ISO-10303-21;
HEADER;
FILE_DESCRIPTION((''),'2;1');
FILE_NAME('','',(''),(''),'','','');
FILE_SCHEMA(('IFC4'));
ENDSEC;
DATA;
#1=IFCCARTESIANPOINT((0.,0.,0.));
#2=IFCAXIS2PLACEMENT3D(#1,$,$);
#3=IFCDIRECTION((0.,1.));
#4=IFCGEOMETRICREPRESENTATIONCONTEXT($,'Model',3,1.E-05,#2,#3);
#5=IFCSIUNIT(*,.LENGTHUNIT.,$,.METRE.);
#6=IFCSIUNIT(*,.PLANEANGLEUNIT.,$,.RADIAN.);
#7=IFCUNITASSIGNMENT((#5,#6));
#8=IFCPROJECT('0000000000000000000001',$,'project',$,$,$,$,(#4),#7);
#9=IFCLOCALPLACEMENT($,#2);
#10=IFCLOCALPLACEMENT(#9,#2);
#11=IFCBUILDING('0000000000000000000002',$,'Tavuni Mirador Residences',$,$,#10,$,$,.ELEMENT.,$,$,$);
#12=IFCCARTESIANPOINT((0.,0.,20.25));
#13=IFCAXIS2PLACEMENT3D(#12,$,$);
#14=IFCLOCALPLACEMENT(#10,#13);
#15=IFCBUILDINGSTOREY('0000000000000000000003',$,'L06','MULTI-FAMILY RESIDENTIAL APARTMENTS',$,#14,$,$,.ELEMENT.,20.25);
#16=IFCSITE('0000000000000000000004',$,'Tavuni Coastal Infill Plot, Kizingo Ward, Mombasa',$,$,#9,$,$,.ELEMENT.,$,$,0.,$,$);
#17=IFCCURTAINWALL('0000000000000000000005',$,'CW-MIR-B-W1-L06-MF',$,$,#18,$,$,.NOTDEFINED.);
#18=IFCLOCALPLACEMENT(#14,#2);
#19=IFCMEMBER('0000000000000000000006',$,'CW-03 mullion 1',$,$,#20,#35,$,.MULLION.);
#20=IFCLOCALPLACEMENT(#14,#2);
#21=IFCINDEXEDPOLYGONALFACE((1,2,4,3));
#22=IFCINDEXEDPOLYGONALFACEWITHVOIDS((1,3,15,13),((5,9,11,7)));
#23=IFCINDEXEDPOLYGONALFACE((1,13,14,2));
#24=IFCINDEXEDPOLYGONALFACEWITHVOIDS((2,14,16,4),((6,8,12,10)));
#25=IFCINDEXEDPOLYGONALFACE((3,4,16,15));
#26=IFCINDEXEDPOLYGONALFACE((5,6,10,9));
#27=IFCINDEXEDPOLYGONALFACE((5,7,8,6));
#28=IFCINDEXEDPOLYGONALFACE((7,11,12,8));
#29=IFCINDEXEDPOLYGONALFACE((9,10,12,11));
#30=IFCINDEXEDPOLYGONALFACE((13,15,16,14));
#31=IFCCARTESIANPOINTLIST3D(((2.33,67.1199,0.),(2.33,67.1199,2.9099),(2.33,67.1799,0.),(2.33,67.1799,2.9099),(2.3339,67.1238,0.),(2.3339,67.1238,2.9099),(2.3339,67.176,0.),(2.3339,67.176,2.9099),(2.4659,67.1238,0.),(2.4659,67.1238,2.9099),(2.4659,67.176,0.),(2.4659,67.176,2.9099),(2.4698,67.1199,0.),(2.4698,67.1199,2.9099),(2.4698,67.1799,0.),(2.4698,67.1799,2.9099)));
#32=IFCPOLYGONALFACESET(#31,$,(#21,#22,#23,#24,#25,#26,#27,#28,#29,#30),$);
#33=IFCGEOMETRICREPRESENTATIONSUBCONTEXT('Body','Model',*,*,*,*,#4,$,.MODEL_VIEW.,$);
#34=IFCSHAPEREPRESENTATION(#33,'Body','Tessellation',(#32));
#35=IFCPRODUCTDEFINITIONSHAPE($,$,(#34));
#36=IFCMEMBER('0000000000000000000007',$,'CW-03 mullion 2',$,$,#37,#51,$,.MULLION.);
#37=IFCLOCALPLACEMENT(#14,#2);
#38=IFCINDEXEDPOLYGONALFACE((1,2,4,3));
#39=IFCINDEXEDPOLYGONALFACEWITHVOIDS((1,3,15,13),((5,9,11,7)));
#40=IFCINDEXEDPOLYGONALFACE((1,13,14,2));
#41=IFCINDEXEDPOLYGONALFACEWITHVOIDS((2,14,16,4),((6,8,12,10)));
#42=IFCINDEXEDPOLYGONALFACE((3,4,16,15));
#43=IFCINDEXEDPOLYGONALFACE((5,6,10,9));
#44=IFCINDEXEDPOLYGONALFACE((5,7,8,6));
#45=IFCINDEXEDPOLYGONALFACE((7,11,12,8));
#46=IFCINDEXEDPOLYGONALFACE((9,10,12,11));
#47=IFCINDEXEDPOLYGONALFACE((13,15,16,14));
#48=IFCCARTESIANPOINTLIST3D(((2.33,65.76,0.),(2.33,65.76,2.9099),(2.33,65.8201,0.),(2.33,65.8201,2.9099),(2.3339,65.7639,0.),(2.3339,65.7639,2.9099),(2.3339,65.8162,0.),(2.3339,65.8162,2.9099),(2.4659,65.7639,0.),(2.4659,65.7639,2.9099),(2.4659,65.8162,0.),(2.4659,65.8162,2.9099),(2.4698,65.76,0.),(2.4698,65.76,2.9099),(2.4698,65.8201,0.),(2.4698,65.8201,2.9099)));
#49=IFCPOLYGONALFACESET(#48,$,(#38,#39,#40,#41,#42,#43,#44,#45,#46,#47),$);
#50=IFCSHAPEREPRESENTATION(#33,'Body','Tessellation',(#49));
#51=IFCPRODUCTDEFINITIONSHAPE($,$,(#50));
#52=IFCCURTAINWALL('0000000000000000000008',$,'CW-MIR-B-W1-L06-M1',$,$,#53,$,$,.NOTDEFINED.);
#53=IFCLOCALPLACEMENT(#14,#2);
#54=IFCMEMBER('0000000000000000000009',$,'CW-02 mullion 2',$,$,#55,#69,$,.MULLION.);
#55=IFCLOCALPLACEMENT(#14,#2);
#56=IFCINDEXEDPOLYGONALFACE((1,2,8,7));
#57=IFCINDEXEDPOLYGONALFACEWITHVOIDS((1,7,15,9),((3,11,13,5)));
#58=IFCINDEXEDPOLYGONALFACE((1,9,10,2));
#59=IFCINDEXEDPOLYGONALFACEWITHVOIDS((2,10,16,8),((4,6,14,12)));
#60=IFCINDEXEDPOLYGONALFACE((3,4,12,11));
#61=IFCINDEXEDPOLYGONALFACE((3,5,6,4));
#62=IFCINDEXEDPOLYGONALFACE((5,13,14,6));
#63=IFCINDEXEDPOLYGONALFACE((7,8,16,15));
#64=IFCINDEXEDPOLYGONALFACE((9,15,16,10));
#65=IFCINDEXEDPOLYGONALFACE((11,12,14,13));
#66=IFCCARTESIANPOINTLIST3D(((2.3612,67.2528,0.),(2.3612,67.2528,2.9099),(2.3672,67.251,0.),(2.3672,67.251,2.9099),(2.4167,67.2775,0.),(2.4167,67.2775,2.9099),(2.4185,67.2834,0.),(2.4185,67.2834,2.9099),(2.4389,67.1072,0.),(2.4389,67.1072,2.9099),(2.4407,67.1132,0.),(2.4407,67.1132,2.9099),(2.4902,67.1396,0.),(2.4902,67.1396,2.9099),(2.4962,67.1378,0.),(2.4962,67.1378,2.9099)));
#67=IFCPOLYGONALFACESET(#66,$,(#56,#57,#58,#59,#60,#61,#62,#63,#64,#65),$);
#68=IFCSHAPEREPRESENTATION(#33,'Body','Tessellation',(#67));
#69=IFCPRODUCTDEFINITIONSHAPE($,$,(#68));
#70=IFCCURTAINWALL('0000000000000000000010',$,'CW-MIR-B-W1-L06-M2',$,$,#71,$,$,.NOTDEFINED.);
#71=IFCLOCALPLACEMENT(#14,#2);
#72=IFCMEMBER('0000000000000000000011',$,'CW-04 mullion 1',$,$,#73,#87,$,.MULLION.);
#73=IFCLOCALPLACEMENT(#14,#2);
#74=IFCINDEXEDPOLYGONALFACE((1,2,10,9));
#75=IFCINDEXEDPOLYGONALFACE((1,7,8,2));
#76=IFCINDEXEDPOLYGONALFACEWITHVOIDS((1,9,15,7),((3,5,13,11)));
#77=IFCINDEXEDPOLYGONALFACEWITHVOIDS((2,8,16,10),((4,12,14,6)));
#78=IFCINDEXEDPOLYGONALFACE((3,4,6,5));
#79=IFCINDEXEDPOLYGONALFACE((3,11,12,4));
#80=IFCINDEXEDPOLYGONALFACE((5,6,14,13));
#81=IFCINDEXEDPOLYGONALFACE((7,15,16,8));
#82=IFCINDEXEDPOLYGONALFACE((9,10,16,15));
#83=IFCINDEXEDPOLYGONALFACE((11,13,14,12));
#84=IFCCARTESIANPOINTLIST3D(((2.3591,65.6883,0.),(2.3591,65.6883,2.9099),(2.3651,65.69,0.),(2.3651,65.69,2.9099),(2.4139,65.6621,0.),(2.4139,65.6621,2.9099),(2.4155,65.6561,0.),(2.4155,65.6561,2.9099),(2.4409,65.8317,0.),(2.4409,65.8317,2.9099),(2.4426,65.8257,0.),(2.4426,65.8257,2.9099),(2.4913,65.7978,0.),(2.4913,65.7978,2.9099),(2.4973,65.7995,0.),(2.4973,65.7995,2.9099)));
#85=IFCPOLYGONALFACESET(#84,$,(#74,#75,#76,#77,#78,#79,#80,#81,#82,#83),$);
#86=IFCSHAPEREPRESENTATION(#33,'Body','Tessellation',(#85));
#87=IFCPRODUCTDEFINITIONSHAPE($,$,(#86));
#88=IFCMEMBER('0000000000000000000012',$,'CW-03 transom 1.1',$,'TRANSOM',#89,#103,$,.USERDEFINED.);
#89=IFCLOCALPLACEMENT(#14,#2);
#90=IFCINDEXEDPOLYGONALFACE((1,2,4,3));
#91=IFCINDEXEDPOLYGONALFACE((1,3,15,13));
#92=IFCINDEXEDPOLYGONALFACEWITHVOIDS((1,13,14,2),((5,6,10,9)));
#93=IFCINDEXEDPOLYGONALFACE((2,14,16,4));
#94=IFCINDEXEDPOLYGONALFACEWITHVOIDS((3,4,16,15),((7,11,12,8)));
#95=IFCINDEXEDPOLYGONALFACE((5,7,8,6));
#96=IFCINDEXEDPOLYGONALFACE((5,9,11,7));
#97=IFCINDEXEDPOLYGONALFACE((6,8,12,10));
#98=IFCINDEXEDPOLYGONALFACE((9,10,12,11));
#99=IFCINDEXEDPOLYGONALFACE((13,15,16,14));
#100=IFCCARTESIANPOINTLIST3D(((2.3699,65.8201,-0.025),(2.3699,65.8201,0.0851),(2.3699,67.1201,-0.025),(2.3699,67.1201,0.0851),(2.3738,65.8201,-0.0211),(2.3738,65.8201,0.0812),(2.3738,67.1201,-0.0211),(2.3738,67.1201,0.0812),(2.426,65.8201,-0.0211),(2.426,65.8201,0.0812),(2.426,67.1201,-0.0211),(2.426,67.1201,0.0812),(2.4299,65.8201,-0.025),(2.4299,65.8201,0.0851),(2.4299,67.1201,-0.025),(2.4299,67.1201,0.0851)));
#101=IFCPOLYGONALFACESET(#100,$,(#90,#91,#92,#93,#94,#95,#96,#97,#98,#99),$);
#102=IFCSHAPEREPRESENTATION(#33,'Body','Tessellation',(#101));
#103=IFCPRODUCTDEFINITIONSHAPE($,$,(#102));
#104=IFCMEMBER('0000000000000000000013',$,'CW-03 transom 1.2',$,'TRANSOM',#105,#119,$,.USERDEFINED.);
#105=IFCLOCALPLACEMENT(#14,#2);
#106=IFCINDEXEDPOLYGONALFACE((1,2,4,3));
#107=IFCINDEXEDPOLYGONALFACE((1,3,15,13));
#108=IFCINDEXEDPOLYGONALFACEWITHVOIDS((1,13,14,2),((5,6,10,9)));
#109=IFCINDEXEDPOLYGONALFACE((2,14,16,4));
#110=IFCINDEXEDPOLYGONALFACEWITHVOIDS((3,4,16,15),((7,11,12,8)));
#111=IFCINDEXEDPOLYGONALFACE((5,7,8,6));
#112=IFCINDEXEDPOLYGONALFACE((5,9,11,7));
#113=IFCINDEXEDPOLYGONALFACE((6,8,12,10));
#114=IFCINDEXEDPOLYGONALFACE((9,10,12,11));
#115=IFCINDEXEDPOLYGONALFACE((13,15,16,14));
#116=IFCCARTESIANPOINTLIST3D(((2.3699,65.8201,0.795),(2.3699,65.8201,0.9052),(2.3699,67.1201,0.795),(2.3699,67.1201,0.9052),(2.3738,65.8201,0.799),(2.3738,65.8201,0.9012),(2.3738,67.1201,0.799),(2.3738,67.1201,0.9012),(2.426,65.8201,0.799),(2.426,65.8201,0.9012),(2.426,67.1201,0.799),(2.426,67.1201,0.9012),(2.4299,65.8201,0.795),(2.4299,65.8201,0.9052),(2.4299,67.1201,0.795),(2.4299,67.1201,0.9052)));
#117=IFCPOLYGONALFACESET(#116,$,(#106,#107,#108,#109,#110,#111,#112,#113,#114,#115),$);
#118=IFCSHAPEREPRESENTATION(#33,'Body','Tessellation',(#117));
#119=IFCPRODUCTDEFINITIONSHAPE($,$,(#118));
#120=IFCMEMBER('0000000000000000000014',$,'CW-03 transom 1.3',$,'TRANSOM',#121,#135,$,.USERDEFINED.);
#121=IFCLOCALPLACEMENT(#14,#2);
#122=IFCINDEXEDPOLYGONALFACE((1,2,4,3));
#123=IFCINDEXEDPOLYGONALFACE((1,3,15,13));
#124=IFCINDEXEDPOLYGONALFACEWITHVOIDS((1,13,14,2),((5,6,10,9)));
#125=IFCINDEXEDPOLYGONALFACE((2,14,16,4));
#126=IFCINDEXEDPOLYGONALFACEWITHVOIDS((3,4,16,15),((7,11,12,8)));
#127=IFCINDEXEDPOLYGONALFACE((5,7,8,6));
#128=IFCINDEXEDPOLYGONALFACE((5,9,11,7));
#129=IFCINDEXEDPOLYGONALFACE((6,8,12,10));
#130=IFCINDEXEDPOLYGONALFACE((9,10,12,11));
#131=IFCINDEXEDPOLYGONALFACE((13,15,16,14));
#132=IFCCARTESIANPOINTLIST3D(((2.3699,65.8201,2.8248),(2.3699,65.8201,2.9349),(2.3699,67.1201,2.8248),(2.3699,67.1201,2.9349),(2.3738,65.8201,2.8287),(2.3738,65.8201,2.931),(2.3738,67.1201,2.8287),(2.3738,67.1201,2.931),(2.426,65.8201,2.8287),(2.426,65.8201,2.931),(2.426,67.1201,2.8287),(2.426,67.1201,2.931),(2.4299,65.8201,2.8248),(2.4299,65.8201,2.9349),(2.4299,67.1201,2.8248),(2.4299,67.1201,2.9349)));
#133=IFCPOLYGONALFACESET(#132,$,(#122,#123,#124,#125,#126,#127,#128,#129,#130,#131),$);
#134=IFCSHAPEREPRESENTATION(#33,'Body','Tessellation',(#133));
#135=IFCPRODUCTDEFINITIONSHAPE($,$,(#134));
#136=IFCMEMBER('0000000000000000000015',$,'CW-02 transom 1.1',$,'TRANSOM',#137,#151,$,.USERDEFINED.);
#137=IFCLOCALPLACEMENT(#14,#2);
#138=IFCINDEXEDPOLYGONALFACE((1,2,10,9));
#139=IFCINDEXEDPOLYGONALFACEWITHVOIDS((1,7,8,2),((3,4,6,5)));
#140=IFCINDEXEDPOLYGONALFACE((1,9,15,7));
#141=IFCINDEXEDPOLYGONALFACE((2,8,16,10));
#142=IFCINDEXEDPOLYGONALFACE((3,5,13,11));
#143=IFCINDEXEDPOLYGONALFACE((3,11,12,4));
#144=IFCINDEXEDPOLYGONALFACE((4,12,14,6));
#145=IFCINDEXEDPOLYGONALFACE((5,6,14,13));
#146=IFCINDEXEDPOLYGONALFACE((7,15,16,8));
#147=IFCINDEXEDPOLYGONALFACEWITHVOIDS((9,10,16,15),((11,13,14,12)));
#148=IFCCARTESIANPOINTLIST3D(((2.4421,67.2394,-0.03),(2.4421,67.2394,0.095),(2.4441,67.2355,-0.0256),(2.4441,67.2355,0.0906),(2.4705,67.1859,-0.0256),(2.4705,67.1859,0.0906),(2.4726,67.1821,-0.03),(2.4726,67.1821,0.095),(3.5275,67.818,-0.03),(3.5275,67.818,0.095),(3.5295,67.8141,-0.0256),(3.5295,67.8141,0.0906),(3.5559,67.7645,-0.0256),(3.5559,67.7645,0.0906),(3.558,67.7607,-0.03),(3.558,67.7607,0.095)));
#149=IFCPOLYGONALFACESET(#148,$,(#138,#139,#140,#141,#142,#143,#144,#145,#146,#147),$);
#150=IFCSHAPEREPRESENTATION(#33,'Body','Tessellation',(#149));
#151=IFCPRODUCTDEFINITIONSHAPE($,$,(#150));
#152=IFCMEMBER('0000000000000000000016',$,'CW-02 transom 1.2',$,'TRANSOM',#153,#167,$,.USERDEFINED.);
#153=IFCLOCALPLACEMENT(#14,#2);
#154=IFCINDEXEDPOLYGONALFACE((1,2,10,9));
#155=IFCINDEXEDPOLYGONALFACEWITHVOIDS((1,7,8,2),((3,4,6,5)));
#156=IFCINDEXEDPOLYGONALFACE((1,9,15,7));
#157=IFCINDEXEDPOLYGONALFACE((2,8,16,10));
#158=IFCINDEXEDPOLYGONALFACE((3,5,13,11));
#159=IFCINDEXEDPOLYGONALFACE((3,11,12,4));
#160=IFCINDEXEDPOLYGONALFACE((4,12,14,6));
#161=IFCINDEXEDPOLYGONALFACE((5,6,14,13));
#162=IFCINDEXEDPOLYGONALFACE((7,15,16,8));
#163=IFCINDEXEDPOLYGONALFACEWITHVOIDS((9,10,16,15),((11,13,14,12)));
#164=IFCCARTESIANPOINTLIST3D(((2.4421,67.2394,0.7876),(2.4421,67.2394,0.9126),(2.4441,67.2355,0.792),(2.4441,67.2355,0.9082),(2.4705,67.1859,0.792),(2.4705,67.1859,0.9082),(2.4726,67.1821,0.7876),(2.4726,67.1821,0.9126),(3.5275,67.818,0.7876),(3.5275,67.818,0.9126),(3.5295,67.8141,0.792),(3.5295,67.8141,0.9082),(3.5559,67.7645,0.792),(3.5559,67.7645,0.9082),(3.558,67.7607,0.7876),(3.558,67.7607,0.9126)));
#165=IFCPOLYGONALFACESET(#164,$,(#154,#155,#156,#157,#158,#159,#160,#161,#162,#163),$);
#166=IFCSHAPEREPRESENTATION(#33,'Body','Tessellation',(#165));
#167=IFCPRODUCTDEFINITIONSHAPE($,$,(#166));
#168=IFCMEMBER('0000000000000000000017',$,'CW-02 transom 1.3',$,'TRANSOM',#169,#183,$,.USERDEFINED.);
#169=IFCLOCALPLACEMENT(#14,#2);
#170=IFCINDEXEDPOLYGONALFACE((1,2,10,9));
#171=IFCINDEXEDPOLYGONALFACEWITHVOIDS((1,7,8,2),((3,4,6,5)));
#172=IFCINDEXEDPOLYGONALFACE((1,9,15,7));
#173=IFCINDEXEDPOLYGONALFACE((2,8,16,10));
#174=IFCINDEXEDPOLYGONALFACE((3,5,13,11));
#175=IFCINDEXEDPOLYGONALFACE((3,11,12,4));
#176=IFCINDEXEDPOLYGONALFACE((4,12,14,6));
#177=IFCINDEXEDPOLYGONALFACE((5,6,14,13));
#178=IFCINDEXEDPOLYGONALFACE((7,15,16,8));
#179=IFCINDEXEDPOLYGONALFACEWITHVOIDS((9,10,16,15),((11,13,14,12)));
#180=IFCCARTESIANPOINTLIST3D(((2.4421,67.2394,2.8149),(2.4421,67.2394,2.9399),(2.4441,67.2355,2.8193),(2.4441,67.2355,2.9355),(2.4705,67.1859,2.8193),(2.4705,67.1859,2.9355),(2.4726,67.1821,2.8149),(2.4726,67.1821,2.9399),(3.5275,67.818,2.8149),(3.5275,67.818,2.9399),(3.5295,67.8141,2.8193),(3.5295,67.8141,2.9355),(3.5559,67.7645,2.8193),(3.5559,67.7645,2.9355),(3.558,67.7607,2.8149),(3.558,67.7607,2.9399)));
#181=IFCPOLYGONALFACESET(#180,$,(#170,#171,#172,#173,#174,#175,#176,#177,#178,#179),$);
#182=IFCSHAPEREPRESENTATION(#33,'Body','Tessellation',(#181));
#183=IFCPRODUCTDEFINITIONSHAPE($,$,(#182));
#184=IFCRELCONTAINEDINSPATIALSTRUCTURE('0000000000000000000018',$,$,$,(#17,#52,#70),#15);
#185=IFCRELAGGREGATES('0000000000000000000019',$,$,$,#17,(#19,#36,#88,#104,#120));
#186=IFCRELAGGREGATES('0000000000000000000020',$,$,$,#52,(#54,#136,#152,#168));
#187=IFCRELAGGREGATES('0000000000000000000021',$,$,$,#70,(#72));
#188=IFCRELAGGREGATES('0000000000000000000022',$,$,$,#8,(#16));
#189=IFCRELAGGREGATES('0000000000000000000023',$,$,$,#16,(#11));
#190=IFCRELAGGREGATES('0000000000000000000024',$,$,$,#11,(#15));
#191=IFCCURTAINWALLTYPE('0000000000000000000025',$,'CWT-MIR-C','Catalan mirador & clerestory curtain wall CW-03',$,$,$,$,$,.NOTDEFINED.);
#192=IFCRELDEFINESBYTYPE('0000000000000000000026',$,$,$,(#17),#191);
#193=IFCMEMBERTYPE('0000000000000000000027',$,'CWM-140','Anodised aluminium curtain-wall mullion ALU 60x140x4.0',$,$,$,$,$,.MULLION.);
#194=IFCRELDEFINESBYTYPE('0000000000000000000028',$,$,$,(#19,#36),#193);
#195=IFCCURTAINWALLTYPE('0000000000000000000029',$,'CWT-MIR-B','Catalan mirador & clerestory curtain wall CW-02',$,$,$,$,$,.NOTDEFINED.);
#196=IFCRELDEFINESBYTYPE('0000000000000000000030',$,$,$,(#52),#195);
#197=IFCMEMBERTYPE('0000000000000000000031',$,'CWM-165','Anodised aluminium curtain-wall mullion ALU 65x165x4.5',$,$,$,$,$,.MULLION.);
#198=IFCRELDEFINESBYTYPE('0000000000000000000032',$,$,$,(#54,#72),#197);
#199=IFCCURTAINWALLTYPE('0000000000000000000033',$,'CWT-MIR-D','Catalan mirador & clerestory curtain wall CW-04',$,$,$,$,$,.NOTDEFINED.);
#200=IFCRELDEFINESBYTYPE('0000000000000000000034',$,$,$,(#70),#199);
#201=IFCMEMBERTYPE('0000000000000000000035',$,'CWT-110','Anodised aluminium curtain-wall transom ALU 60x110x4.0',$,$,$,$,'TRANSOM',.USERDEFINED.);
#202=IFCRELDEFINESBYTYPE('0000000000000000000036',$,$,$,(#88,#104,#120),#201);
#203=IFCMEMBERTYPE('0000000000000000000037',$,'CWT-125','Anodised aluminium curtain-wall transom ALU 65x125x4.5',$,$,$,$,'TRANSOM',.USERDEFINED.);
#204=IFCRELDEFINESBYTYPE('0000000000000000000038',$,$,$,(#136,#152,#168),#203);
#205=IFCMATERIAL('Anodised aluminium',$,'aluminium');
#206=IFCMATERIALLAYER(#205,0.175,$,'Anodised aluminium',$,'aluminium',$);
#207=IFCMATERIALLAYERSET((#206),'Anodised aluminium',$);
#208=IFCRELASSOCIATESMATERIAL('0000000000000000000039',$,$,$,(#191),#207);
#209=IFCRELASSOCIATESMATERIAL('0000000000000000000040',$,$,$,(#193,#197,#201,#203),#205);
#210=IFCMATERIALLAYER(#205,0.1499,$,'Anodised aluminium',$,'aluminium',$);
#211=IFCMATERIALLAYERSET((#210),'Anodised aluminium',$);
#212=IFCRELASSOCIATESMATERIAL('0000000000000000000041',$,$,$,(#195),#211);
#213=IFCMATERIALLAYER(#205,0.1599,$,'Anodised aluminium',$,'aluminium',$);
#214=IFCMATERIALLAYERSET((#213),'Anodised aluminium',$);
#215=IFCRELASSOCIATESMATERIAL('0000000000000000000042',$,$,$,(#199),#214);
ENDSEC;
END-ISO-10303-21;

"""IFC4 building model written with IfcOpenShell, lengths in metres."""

from ifc_helpers import new_model, si_unit, direction, frame, origin, origin_2d, place, context, subcontext, project, spatial, hollow_rectangle, extrude, material, layer, layer_set, material_profile, profile_set, type_object, element, aggregate, save


model = new_model("IFC4")

# Units and contexts
model_context = context("Model", 3, precision=1e-05, world=origin(), true_north=direction((0.0, 1.0)))
body_context = subcontext(model_context, "Body", "Model", "MODEL_VIEW")
ifc_project = project(units=[si_unit("LENGTHUNIT", "METRE"), si_unit("PLANEANGLEUNIT", "RADIAN")], contexts=[model_context])

# Site, building, storey
site_placement = place(None, origin())
site = spatial("IfcSite", under=ifc_project, at=site_placement, Name="Tavuni Coastal Infill Plot, Kizingo Ward, Mombasa", CompositionType="ELEMENT", RefElevation=0.0)
building_placement = place(site_placement, origin())
building = spatial("IfcBuilding", under=site, at=building_placement, Name="Tavuni Mirador Residences", CompositionType="ELEMENT")
storey_placement = place(building_placement, frame((0.0, 0.0, 20.25)))
storey = spatial("IfcBuildingStorey", under=building, at=storey_placement, Name="L06", Description="MULTI-FAMILY RESIDENTIAL APARTMENTS", CompositionType="ELEMENT", Elevation=20.25)

# Curtain wall, members
ifc_material_1 = material(Name="Anodised aluminium", Category="aluminium")
ifc_layer_1 = layer(ifc_material_1, 0.175, Name="Anodised aluminium", Category="aluminium")
ifc_layer_set_1 = layer_set([ifc_layer_1], Name="Anodised aluminium")
curtain_wall_type_1 = type_object("IfcCurtainWallType", Name="CWT-MIR-C", Description="Catalan mirador & clerestory curtain wall CW-03", PredefinedType="NOTDEFINED", material=ifc_layer_set_1)
curtain_wall_1_placement = place(storey_placement, origin())
curtain_wall_1 = element("IfcCurtainWall", 1, at=curtain_wall_1_placement, inside=storey, type_object=curtain_wall_type_1, Name="CW-MIR-B-W1-L06-MF", PredefinedType="NOTDEFINED")
ifc_material_profile_1 = material_profile(ifc_material_1, hollow_rectangle(XDim=0.0601, YDim=0.1399, WallThickness=0.0039, at=origin_2d()), Name="ALU 60x140x4.0", Category="aluminium")
ifc_profile_set_1 = profile_set([ifc_material_profile_1], Name="Anodised aluminium")
member_type_1 = type_object("IfcMemberType", Name="CWM-140", Description="Anodised aluminium curtain-wall mullion ALU 60x140x4.0", PredefinedType="MULLION", material=ifc_profile_set_1)
member_1_placement = place(storey_placement, frame((2.3999, 67.1499, 0.0), z_axis=(0.0, 0.0, 1.0), x_axis=(0.0, -1.0, 0.0)))
member_1 = element("IfcMember", 2, at=member_1_placement, type_object=member_type_1, Name="CW-03 mullion 1", PredefinedType="MULLION", context=body_context, shape_type="SweptSolid", body=[
    extrude(hollow_rectangle(XDim=0.0601, YDim=0.1399, WallThickness=0.0039, at=origin_2d()), origin(), (0.0, 0.0, 1.0), 2.9099),
])
member_2_placement = place(storey_placement, frame((2.3999, 65.79, 0.0), z_axis=(0.0, 0.0, 1.0), x_axis=(0.0, -1.0, 0.0)))
member_2 = element("IfcMember", 3, at=member_2_placement, type_object=member_type_1, Name="CW-03 mullion 2", PredefinedType="MULLION", context=body_context, shape_type="SweptSolid", body=[
    extrude(hollow_rectangle(XDim=0.0601, YDim=0.1399, WallThickness=0.0039, at=origin_2d()), origin(), (0.0, 0.0, 1.0), 2.9099),
])

# Curtain walls, members
ifc_layer_2 = layer(ifc_material_1, 0.1499, Name="Anodised aluminium", Category="aluminium")
ifc_layer_set_2 = layer_set([ifc_layer_2], Name="Anodised aluminium")
curtain_wall_type_2 = type_object("IfcCurtainWallType", Name="CWT-MIR-B", Description="Catalan mirador & clerestory curtain wall CW-02", PredefinedType="NOTDEFINED", material=ifc_layer_set_2)
curtain_wall_2_placement = place(storey_placement, origin())
curtain_wall_2 = element("IfcCurtainWall", 4, at=curtain_wall_2_placement, inside=storey, type_object=curtain_wall_type_2, Name="CW-MIR-B-W1-L06-M1", PredefinedType="NOTDEFINED")
ifc_material_profile_2 = material_profile(ifc_material_1, hollow_rectangle(XDim=0.0649, YDim=0.165, WallThickness=0.0044, at=origin_2d()), Name="ALU 65x165x4.5", Category="aluminium")
ifc_profile_set_2 = profile_set([ifc_material_profile_2], Name="Anodised aluminium")
member_type_2 = type_object("IfcMemberType", Name="CWM-165", Description="Anodised aluminium curtain-wall mullion ALU 65x165x4.5", PredefinedType="MULLION", material=ifc_profile_set_2)
member_3_placement = place(storey_placement, frame((2.4287, 67.1953, 0.0), z_axis=(0.0, 0.0, 1.0), x_axis=(-0.882353, -0.470588, 0.0)))
member_3 = element("IfcMember", 5, at=member_3_placement, type_object=member_type_2, Name="CW-02 mullion 2", PredefinedType="MULLION", context=body_context, shape_type="SweptSolid", body=[
    extrude(hollow_rectangle(XDim=0.0649, YDim=0.165, WallThickness=0.0044, at=origin_2d()), origin(), (0.0, 0.0, 1.0), 2.9099),
])
ifc_layer_3 = layer(ifc_material_1, 0.1599, Name="Anodised aluminium", Category="aluminium")
ifc_layer_set_3 = layer_set([ifc_layer_3], Name="Anodised aluminium")
curtain_wall_type_3 = type_object("IfcCurtainWallType", Name="CWT-MIR-D", Description="Catalan mirador & clerestory curtain wall CW-04", PredefinedType="NOTDEFINED", material=ifc_layer_set_3)
curtain_wall_3_placement = place(storey_placement, origin())
curtain_wall_3 = element("IfcCurtainWall", 6, at=curtain_wall_3_placement, inside=storey, type_object=curtain_wall_type_3, Name="CW-MIR-B-W1-L06-M2", PredefinedType="NOTDEFINED")
member_4_placement = place(storey_placement, frame((2.4282, 65.7439, 0.0), z_axis=(0.0, 0.0, 1.0), x_axis=(0.868466, -0.495749, 0.0)))
member_4 = element("IfcMember", 7, at=member_4_placement, type_object=member_type_2, Name="CW-04 mullion 1", PredefinedType="MULLION", context=body_context, shape_type="SweptSolid", body=[
    extrude(hollow_rectangle(XDim=0.0649, YDim=0.165, WallThickness=0.0044, at=origin_2d()), origin(), (0.0, 0.0, 1.0), 2.9099),
])

# Members
ifc_material_profile_3 = material_profile(ifc_material_1, hollow_rectangle(XDim=0.0601, YDim=0.1101, WallThickness=0.0039, at=origin_2d()), Name="ALU 60x110x4.0", Category="aluminium")
ifc_profile_set_3 = profile_set([ifc_material_profile_3], Name="Anodised aluminium")
member_type_3 = type_object("IfcMemberType", Name="CWT-110", Description="Anodised aluminium curtain-wall transom ALU 60x110x4.0", ElementType="TRANSOM", PredefinedType="USERDEFINED", material=ifc_profile_set_3)
member_5_placement = place(storey_placement, frame((2.3999, 67.1201, 0.03), z_axis=(0.0, -1.0, 0.0), x_axis=(1.0, 0.0, 0.0)))
member_5 = element("IfcMember", 8, at=member_5_placement, type_object=member_type_3, Name="CW-03 transom 1.1", ObjectType="TRANSOM", PredefinedType="USERDEFINED", context=body_context, shape_type="SweptSolid", body=[
    extrude(hollow_rectangle(XDim=0.0601, YDim=0.1101, WallThickness=0.0039, at=origin_2d()), origin(), (0.0, 0.0, 1.0), 1.3),
])
member_6_placement = place(storey_placement, frame((2.3999, 67.1201, 0.8501), z_axis=(0.0, -1.0, 0.0), x_axis=(1.0, 0.0, 0.0)))
member_6 = element("IfcMember", 9, at=member_6_placement, type_object=member_type_3, Name="CW-03 transom 1.2", ObjectType="TRANSOM", PredefinedType="USERDEFINED", context=body_context, shape_type="SweptSolid", body=[
    extrude(hollow_rectangle(XDim=0.0601, YDim=0.1101, WallThickness=0.0039, at=origin_2d()), origin(), (0.0, 0.0, 1.0), 1.3),
])
member_7_placement = place(storey_placement, frame((2.3999, 67.1201, 2.8799), z_axis=(0.0, -1.0, 0.0), x_axis=(1.0, 0.0, 0.0)))
member_7 = element("IfcMember", 10, at=member_7_placement, type_object=member_type_3, Name="CW-03 transom 1.3", ObjectType="TRANSOM", PredefinedType="USERDEFINED", context=body_context, shape_type="SweptSolid", body=[
    extrude(hollow_rectangle(XDim=0.0601, YDim=0.1101, WallThickness=0.0039, at=origin_2d()), origin(), (0.0, 0.0, 1.0), 1.3),
])
ifc_material_profile_4 = material_profile(ifc_material_1, hollow_rectangle(XDim=0.0649, YDim=0.125, WallThickness=0.0044, at=origin_2d()), Name="ALU 65x125x4.5", Category="aluminium")
ifc_profile_set_4 = profile_set([ifc_material_profile_4], Name="Anodised aluminium")
member_type_4 = type_object("IfcMemberType", Name="CWT-125", Description="Anodised aluminium curtain-wall transom ALU 65x125x4.5", ElementType="TRANSOM", PredefinedType="USERDEFINED", material=ifc_profile_set_4)
member_8_placement = place(storey_placement, frame((3.5427, 67.7893, 0.0325), z_axis=(-0.882452, -0.470403, 0.0), x_axis=(0.470403, -0.882452, 0.0)))
member_8 = element("IfcMember", 11, at=member_8_placement, type_object=member_type_4, Name="CW-02 transom 1.1", ObjectType="TRANSOM", PredefinedType="USERDEFINED", context=body_context, shape_type="SweptSolid", body=[
    extrude(hollow_rectangle(XDim=0.0649, YDim=0.125, WallThickness=0.0044, at=origin_2d()), origin(), (0.0, 0.0, 1.0), 1.23),
])
member_9_placement = place(storey_placement, frame((3.5427, 67.7893, 0.8501), z_axis=(-0.882452, -0.470403, 0.0), x_axis=(0.470403, -0.882452, 0.0)))
member_9 = element("IfcMember", 12, at=member_9_placement, type_object=member_type_4, Name="CW-02 transom 1.2", ObjectType="TRANSOM", PredefinedType="USERDEFINED", context=body_context, shape_type="SweptSolid", body=[
    extrude(hollow_rectangle(XDim=0.0649, YDim=0.125, WallThickness=0.0044, at=origin_2d()), origin(), (0.0, 0.0, 1.0), 1.23),
])
member_10_placement = place(storey_placement, frame((3.5427, 67.7893, 2.8774), z_axis=(-0.882452, -0.470403, 0.0), x_axis=(0.470403, -0.882452, 0.0)))
member_10 = element("IfcMember", 13, at=member_10_placement, type_object=member_type_4, Name="CW-02 transom 1.3", ObjectType="TRANSOM", PredefinedType="USERDEFINED", context=body_context, shape_type="SweptSolid", body=[
    extrude(hollow_rectangle(XDim=0.0649, YDim=0.125, WallThickness=0.0044, at=origin_2d()), origin(), (0.0, 0.0, 1.0), 1.23),
])

aggregate(curtain_wall_1, [member_1, member_2, member_5, member_6, member_7])
aggregate(curtain_wall_2, [member_3, member_8, member_9, member_10])
aggregate(curtain_wall_3, [member_4])

save(model, "model.ifc")
